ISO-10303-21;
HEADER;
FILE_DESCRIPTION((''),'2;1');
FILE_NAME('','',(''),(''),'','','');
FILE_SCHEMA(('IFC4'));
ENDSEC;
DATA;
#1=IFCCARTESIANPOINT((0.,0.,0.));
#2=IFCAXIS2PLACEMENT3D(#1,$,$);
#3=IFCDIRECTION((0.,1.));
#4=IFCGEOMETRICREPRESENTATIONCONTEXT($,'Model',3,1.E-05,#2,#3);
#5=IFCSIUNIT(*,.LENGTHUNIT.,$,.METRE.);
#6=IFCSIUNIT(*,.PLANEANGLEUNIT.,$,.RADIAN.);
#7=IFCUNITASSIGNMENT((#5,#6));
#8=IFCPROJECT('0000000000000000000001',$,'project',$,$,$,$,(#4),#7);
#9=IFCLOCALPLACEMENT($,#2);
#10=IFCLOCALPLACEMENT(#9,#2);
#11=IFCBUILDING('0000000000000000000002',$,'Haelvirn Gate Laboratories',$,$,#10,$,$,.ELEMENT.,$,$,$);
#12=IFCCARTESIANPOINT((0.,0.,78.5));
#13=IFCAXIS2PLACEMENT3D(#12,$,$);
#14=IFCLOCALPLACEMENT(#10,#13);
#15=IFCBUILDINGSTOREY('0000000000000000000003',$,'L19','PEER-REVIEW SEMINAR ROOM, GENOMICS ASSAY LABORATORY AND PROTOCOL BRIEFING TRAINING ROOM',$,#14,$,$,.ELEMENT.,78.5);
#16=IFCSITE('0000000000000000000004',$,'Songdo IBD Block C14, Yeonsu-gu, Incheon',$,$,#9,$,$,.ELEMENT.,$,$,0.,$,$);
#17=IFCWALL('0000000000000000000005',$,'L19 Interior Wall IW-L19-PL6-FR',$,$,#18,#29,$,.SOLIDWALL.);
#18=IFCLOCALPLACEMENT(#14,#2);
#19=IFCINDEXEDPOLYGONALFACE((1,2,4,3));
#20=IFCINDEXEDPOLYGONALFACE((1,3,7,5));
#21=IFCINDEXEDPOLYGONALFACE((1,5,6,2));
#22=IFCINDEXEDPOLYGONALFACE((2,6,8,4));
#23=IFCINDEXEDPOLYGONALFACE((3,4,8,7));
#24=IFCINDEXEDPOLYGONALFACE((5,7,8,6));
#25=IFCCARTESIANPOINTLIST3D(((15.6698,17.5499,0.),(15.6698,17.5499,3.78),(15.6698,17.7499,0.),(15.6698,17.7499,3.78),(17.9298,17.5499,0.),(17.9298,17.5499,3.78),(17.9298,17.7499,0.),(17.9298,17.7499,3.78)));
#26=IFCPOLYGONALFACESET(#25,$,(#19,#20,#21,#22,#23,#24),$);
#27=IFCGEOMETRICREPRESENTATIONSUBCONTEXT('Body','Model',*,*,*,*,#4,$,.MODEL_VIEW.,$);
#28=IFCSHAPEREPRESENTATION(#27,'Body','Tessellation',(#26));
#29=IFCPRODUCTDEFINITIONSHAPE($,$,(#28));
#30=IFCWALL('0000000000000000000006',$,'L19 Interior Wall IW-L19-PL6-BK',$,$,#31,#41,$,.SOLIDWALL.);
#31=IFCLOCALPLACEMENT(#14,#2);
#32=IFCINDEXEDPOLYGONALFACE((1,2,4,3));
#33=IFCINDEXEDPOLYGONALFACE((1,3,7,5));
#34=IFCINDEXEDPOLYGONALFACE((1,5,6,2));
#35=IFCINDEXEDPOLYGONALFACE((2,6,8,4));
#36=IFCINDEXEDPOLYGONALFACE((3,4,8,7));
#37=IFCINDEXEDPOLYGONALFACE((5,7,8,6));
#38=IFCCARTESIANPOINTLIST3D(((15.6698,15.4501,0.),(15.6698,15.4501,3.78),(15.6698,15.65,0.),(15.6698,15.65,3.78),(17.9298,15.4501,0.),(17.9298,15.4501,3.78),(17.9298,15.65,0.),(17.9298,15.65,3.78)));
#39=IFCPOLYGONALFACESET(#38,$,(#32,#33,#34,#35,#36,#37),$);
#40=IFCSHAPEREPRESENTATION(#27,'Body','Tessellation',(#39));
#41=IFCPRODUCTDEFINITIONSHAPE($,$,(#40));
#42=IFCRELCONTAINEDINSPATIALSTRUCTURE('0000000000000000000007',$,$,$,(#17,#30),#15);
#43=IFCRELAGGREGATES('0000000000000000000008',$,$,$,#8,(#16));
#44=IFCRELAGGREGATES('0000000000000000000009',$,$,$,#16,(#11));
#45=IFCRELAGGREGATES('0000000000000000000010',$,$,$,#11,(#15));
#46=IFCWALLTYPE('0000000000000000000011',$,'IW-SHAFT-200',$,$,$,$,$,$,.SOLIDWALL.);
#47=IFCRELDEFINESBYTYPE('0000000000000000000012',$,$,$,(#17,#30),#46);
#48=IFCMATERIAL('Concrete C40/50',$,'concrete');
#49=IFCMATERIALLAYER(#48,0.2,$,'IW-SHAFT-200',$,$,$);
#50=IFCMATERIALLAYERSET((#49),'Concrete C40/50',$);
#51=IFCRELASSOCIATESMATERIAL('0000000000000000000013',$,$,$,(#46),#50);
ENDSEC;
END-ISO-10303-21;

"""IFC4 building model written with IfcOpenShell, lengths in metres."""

from ifc_helpers import new_model, si_unit, direction, frame, frame_2d, origin, place, context, subcontext, project, spatial, rectangle, extrude, material, layer, layer_set, type_object, element, save


model = new_model("IFC4")

# Units and contexts
model_context = context("Model", 3, precision=1e-05, world=origin(), true_north=direction((0.0, 1.0)))
body_context = subcontext(model_context, "Body", "Model", "MODEL_VIEW")
ifc_project = project(units=[si_unit("LENGTHUNIT", "METRE"), si_unit("PLANEANGLEUNIT", "RADIAN")], contexts=[model_context])

# Site, building, storey
site_placement = place(None, origin())
site = spatial("IfcSite", under=ifc_project, at=site_placement, Name="Songdo IBD Block C14, Yeonsu-gu, Incheon", CompositionType="ELEMENT", RefElevation=0.0)
building_placement = place(site_placement, origin())
building = spatial("IfcBuilding", under=site, at=building_placement, Name="Haelvirn Gate Laboratories", CompositionType="ELEMENT")
storey_placement = place(building_placement, frame((0.0, 0.0, 78.5)))
storey = spatial("IfcBuildingStorey", under=building, at=storey_placement, Name="L19", Description="PEER-REVIEW SEMINAR ROOM, GENOMICS ASSAY LABORATORY AND PROTOCOL BRIEFING TRAINING ROOM", CompositionType="ELEMENT", Elevation=78.5)

# Shared definitions
ifc_material_1 = material(Name="Concrete C40/50", Category="concrete")

# Shared definitions
ifc_layer_1 = layer(ifc_material_1, 0.2, Name="IW-SHAFT-200")
ifc_layer_set_1 = layer_set([ifc_layer_1], Name="Concrete C40/50")
wall_type_1 = type_object("IfcWallType", Name="IW-SHAFT-200", PredefinedType="SOLIDWALL", material=ifc_layer_set_1)

# Walls
for number, where, z_axis, x_axis, name in (
    (1, (15.6699, 17.6499, 0.0), (0.0, 0.0, 1.0), (1.0, 0.0, 0.0), "L19 Interior Wall IW-L19-PL6-FR"),
    (2, (15.6699, 15.55, 0.0), (0.0, 0.0, 1.0), (1.0, 0.0, 0.0), "L19 Interior Wall IW-L19-PL6-BK"),
):
    element("IfcWall", number, at=place(storey_placement, frame(where, z_axis=z_axis, x_axis=x_axis)), inside=storey, type_object=wall_type_1, Name=name, PredefinedType="SOLIDWALL", context=body_context, shape_type="SweptSolid", body=[
        extrude(rectangle(XDim=2.26, YDim=0.2, at=frame_2d((1.1299, 0.0))), origin(), (0.0, 0.0, 1.0), 3.78),
    ])

save(model, "model.ifc")
